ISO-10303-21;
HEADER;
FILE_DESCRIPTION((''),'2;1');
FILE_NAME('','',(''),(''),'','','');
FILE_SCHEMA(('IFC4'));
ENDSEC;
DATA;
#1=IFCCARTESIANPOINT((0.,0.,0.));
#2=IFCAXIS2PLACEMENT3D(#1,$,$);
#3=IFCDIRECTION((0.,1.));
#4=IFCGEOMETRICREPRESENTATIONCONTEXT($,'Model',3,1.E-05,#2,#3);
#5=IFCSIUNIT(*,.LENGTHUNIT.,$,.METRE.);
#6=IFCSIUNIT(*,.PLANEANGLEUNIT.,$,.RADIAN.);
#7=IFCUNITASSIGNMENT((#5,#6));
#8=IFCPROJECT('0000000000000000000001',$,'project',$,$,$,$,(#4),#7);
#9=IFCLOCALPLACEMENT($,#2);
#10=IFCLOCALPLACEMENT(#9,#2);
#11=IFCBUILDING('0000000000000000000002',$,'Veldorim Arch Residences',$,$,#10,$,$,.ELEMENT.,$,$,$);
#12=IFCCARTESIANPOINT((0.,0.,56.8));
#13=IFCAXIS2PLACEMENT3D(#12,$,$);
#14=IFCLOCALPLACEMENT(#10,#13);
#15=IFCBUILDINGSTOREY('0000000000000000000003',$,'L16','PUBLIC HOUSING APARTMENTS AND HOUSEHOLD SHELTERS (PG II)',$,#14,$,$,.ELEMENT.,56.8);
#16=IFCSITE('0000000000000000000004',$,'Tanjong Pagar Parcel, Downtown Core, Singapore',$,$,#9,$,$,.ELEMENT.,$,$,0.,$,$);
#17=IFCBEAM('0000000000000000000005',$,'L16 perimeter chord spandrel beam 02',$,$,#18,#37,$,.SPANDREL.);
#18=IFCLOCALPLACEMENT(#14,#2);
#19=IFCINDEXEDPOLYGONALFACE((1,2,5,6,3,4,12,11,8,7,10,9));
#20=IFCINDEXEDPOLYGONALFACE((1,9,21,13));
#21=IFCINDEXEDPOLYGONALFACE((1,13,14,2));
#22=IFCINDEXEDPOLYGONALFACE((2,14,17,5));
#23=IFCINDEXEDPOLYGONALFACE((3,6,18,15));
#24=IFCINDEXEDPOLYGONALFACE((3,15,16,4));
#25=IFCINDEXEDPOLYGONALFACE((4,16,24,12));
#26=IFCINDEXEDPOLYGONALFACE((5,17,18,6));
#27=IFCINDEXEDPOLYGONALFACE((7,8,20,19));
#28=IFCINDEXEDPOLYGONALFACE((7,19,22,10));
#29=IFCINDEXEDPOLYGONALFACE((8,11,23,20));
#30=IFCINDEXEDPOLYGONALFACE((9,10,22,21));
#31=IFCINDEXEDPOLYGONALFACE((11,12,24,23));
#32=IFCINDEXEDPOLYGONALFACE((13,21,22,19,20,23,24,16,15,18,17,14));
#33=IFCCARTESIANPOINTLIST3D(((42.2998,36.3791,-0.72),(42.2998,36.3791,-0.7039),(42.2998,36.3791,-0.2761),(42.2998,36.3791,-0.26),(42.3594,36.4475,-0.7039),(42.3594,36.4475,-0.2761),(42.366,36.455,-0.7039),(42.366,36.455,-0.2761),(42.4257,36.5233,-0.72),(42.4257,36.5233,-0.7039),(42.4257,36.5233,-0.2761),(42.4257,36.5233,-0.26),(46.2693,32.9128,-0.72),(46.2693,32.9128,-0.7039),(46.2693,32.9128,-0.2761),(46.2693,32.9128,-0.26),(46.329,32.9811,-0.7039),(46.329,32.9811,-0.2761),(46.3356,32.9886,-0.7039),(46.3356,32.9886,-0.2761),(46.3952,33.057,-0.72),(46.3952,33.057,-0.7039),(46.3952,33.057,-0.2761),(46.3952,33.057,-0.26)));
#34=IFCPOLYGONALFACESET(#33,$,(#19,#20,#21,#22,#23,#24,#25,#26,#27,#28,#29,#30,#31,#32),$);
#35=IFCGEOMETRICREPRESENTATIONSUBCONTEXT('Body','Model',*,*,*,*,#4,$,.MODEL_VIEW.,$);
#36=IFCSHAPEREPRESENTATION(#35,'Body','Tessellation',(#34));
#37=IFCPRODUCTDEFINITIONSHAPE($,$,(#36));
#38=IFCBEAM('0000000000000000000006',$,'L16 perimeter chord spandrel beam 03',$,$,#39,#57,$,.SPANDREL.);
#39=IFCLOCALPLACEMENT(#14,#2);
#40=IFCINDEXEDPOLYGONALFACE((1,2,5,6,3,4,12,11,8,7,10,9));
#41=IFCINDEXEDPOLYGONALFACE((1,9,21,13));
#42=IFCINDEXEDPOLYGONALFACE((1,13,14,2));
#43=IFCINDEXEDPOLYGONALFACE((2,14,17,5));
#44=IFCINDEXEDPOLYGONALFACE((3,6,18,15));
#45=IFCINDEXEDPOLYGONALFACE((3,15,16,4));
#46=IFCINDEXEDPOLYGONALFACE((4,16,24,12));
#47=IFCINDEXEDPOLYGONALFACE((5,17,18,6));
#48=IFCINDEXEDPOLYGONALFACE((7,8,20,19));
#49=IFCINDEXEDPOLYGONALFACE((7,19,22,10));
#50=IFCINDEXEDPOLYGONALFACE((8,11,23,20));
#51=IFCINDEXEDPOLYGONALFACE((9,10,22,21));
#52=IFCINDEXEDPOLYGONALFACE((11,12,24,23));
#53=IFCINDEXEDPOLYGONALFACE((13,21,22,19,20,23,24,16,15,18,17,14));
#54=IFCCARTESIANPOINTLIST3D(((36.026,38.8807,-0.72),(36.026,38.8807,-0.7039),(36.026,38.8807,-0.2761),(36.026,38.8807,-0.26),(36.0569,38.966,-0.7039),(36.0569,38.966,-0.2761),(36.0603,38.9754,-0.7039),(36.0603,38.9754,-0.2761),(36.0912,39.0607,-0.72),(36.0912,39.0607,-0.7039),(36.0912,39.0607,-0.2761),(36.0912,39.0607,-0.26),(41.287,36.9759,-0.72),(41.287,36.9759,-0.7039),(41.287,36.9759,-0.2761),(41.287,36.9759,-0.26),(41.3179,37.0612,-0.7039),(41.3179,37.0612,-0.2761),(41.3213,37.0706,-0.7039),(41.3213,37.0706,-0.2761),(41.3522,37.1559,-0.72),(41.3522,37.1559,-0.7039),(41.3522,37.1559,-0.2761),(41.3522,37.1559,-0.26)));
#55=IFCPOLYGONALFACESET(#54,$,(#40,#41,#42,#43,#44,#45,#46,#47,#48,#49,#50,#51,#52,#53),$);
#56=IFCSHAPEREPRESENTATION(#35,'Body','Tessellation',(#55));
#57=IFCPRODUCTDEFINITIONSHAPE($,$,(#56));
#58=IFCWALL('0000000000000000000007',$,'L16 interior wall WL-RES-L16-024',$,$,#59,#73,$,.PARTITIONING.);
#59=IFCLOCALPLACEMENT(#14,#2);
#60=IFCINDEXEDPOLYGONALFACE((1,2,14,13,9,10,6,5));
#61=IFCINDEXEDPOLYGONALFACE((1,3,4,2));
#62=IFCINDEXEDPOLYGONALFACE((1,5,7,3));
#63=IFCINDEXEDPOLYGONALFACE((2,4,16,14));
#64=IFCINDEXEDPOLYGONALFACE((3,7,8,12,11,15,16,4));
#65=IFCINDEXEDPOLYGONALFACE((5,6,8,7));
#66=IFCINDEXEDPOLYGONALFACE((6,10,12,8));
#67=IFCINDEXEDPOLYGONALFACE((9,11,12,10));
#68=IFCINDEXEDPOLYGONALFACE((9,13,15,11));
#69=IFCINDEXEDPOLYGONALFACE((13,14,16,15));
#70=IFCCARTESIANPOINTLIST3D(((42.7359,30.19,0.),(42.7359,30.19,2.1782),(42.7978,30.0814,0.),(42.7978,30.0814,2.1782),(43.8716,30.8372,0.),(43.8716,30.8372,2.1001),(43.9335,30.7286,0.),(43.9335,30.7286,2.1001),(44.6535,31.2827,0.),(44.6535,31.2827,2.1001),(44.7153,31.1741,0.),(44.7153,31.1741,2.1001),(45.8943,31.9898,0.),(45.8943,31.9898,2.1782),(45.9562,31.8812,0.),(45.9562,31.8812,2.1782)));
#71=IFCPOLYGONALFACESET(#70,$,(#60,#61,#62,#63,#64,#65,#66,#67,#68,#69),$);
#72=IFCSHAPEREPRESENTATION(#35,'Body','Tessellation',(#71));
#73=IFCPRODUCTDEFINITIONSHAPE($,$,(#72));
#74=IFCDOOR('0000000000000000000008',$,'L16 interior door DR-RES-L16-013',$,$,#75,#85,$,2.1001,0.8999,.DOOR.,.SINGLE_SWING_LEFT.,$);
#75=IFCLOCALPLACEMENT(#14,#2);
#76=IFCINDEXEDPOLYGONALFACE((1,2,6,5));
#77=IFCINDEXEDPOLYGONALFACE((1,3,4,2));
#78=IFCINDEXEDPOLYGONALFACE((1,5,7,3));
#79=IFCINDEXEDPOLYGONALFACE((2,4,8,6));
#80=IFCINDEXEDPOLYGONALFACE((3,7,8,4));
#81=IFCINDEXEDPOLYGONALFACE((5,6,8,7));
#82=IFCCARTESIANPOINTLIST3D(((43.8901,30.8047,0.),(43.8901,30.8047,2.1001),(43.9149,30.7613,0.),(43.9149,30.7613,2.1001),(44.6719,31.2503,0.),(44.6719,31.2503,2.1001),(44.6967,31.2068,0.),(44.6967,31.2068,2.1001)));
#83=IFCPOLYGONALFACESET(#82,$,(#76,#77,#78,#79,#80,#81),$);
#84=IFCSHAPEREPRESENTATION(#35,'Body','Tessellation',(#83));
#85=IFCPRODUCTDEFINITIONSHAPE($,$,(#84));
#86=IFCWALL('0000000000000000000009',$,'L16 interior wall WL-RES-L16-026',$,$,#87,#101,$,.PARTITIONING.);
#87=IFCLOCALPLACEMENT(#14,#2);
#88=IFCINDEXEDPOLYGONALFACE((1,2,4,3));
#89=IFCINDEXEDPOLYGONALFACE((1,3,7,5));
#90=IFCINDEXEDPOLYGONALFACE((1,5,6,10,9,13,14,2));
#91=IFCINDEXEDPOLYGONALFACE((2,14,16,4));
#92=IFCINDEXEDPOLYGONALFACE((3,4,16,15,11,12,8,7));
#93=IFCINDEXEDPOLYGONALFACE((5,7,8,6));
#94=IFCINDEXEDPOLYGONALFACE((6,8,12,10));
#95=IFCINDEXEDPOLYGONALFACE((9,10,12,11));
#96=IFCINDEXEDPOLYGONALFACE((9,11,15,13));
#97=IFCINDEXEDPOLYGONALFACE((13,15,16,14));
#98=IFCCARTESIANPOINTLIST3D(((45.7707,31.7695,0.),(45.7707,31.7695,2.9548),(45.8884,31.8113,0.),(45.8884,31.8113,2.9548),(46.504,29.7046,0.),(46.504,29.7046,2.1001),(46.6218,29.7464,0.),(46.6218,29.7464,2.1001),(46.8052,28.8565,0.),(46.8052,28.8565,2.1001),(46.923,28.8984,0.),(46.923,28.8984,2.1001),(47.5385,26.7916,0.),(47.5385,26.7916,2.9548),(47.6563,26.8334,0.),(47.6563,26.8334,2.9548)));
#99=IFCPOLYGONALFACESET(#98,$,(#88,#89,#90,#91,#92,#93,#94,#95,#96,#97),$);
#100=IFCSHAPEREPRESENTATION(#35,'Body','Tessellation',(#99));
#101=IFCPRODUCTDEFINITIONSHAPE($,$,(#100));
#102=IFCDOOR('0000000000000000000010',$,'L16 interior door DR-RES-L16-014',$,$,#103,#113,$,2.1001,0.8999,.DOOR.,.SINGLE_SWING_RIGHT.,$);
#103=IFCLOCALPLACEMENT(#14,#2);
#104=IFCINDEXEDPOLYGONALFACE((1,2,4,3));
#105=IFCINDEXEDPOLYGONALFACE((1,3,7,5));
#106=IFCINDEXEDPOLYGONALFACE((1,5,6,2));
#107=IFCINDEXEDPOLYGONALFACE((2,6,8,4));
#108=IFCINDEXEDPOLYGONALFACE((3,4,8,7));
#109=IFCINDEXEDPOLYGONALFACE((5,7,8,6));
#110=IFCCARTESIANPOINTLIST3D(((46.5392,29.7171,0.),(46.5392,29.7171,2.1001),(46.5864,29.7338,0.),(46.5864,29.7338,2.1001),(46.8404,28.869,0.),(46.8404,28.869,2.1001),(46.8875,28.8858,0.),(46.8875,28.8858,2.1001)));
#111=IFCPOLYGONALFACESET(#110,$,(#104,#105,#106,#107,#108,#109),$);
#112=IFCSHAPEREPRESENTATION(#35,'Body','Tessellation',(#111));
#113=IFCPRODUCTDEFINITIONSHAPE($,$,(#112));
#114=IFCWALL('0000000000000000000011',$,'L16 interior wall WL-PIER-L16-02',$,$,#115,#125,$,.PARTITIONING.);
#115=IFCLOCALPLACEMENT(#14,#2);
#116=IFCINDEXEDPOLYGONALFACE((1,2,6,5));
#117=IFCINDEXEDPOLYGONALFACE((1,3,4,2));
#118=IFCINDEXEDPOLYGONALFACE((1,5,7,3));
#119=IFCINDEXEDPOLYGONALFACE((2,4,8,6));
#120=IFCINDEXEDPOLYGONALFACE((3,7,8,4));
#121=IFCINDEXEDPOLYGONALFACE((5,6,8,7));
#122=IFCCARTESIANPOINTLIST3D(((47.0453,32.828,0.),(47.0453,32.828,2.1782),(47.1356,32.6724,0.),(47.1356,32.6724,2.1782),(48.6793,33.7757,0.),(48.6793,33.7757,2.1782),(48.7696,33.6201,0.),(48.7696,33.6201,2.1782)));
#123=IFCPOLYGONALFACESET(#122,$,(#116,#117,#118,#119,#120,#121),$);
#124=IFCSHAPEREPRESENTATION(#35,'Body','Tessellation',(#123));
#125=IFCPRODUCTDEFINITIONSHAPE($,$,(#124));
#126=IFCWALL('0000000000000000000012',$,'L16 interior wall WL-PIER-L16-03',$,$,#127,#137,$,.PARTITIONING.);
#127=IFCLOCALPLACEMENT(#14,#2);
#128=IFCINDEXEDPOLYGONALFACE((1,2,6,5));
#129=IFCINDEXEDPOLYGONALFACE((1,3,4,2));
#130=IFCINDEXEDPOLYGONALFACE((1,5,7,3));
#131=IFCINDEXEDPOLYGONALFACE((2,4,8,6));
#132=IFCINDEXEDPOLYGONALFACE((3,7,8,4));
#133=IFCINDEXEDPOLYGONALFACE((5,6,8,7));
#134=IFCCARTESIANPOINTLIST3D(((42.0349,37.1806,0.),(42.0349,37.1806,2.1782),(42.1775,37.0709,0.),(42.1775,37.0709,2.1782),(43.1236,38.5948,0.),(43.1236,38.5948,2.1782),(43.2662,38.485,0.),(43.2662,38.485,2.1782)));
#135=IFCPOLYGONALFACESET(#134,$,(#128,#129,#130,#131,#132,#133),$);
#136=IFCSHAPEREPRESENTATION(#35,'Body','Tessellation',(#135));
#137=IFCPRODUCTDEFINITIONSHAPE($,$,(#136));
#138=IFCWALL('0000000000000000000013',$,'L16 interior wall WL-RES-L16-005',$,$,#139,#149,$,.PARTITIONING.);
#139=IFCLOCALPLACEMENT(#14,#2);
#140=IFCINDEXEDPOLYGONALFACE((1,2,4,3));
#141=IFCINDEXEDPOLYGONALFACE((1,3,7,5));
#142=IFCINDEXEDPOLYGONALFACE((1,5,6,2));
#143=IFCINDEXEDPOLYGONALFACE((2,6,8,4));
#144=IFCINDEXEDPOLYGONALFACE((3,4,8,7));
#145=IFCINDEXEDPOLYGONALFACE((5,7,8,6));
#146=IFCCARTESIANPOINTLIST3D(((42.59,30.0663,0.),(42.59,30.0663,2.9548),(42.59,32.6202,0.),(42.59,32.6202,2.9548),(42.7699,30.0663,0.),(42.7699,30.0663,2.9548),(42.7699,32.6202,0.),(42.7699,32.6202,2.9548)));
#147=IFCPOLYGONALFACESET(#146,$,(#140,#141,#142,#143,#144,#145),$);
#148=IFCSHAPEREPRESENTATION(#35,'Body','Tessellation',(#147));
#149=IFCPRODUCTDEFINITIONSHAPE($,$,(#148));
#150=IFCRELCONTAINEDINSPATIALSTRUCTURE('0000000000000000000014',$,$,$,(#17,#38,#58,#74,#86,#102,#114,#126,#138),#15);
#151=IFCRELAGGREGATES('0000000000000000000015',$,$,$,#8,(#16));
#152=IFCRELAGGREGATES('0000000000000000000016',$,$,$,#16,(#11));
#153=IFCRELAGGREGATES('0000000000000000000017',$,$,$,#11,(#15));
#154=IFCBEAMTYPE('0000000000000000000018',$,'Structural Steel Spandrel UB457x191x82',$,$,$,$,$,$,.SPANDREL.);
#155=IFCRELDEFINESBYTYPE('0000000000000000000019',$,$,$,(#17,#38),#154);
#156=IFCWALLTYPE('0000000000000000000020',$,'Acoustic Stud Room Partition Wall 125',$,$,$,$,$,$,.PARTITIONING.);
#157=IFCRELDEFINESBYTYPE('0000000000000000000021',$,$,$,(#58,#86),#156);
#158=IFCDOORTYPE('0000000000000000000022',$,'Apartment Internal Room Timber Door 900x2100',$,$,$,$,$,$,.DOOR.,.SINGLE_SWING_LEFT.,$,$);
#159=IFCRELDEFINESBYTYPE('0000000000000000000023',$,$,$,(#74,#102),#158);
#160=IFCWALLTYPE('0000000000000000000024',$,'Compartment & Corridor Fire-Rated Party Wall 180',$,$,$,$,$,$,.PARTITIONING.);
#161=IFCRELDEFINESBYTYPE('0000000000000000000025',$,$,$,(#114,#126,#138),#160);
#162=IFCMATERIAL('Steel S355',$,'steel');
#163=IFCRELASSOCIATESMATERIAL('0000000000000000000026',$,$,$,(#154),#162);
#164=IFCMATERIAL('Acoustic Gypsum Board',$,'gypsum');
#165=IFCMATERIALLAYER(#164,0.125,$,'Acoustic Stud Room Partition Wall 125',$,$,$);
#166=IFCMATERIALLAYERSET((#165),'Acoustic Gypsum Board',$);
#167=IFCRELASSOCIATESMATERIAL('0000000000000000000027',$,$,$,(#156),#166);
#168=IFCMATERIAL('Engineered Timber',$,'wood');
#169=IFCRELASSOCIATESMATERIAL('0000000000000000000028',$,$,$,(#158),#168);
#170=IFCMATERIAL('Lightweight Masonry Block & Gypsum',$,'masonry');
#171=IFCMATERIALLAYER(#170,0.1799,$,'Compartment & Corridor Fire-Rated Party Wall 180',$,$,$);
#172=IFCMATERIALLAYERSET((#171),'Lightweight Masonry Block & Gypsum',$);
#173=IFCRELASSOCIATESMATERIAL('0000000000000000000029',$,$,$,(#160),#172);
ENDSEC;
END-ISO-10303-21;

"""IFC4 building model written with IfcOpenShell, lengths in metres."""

from ifc_helpers import new_model, si_unit, direction, frame, frame_2d, origin, origin_2d, place, context, subcontext, project, spatial, rectangle, i_section, extrude, material, layer, layer_set, material_profile, profile_set, type_object, element, fill, save


model = new_model("IFC4")

# Units and contexts
model_context = context("Model", 3, precision=1e-05, world=origin(), true_north=direction((0.0, 1.0)))
body_context = subcontext(model_context, "Body", "Model", "MODEL_VIEW")
ifc_project = project(units=[si_unit("LENGTHUNIT", "METRE"), si_unit("PLANEANGLEUNIT", "RADIAN")], contexts=[model_context])

# Site, building, storey
site_placement = place(None, origin())
site = spatial("IfcSite", under=ifc_project, at=site_placement, Name="Tanjong Pagar Parcel, Downtown Core, Singapore", CompositionType="ELEMENT", RefElevation=0.0)
building_placement = place(site_placement, origin())
building = spatial("IfcBuilding", under=site, at=building_placement, Name="Veldorim Arch Residences", CompositionType="ELEMENT")
storey_placement = place(building_placement, frame((0.0, 0.0, 56.8)))
storey = spatial("IfcBuildingStorey", under=building, at=storey_placement, Name="L16", Description="PUBLIC HOUSING APARTMENTS AND HOUSEHOLD SHELTERS (PG II)", CompositionType="ELEMENT", Elevation=56.8)

# Beams
ifc_material_1 = material(Name="Steel S355", Category="steel")
ifc_material_profile_1 = material_profile(ifc_material_1, i_section(OverallWidth=0.1914, OverallDepth=0.46, WebThickness=0.01, FlangeThickness=0.0161, at=origin_2d()), Name="UB457x191x82")
ifc_profile_set_1 = profile_set([ifc_material_profile_1], Name="Steel S355")
beam_type_1 = type_object("IfcBeamType", Name="Structural Steel Spandrel UB457x191x82", PredefinedType="SPANDREL", material=ifc_profile_set_1)
beam_1_placement = place(storey_placement, frame((46.3323, 32.9849, -0.49), z_axis=(-0.753234, 0.657753, 0.0), x_axis=(-0.657753, -0.753234, 0.0)))
element("IfcBeam", 1, at=beam_1_placement, inside=storey, type_object=beam_type_1, Name="L16 perimeter chord spandrel beam 02", PredefinedType="SPANDREL", context=body_context, shape_type="SweptSolid", body=[
    extrude(i_section(OverallWidth=0.1914, OverallDepth=0.46, WebThickness=0.01, FlangeThickness=0.0161, at=origin_2d()), origin(), (0.0, 0.0, 1.0), 5.27),
])
beam_2_placement = place(storey_placement, frame((41.3196, 37.0659, -0.49), z_axis=(-0.940269, 0.340432, 0.0), x_axis=(-0.340432, -0.940269, 0.0)))
element("IfcBeam", 2, at=beam_2_placement, inside=storey, type_object=beam_type_1, Name="L16 perimeter chord spandrel beam 03", PredefinedType="SPANDREL", context=body_context, shape_type="SweptSolid", body=[
    extrude(i_section(OverallWidth=0.1914, OverallDepth=0.46, WebThickness=0.01, FlangeThickness=0.0161, at=origin_2d()), origin(), (0.0, 0.0, 1.0), 5.5952),
])

# Walls, openings, doors
ifc_material_2 = material(Name="Acoustic Gypsum Board", Category="gypsum")
ifc_layer_1 = layer(ifc_material_2, 0.125, Name="Acoustic Stud Room Partition Wall 125")
ifc_layer_set_1 = layer_set([ifc_layer_1], Name="Acoustic Gypsum Board")
wall_type_1 = type_object("IfcWallType", Name="Acoustic Stud Room Partition Wall 125", PredefinedType="PARTITIONING", material=ifc_layer_set_1)
wall_1_placement = place(storey_placement, frame((45.9253, 31.9355, 0.0), z_axis=(0.0, 0.0, 1.0), x_axis=(-0.868838, -0.495097, 0.0)))
wall_1 = element("IfcWall", 3, at=wall_1_placement, inside=storey, type_object=wall_type_1, Name="L16 interior wall WL-RES-L16-024", PredefinedType="PARTITIONING", context=body_context, shape_type="SweptSolid", body=[
    extrude(rectangle(XDim=3.6353, YDim=0.125, at=frame_2d((1.8176, 0.0))), origin(), (0.0, 0.0, 1.0), 2.1782),
])
opening_1_placement = place(wall_1_placement, frame((1.4282, 0.0, 0.0)))
opening_1 = element("IfcOpeningElement", 4, at=opening_1_placement, cuts=wall_1, PredefinedType="OPENING", context=body_context, shape_type="SweptSolid", body=[
    extrude(rectangle(XDim=0.8999, YDim=2.1001, at=frame_2d((0.45, 1.05))), frame((0.0, 0.0725, 0.0), z_axis=(0.0, -1.0, 0.0), x_axis=(1.0, 0.0, 0.0)), (0.0, 0.0, 1.0), 0.145),
])
ifc_material_3 = material(Name="Engineered Timber", Category="wood")
door_type = type_object("IfcDoorType", Name="Apartment Internal Room Timber Door 900x2100", OperationType="SINGLE_SWING_LEFT", PredefinedType="DOOR", material=ifc_material_3)
door_1_placement = place(opening_1_placement, origin())
door_1 = element("IfcDoor", 5, at=door_1_placement, inside=storey, type_object=door_type, Name="L16 interior door DR-RES-L16-013", OperationType="SINGLE_SWING_LEFT", OverallHeight=2.1001, OverallWidth=0.8999, PredefinedType="DOOR", context=body_context, shape_type="SweptSolid", body=[
    extrude(rectangle(XDim=0.8999, YDim=2.1001, at=frame_2d((0.45, 1.05))), frame((0.0, 0.0249, 0.0), z_axis=(0.0, -1.0, 0.0), x_axis=(1.0, 0.0, 0.0)), (0.0, 0.0, 1.0), 0.05),
])
fill(opening_1, door_1)
wall_2_placement = place(storey_placement, frame((45.8296, 31.7903, 0.0), z_axis=(0.0, 0.0, 1.0), x_axis=(0.334664, -0.942337, 0.0)))
wall_2 = element("IfcWall", 6, at=wall_2_placement, inside=storey, type_object=wall_type_1, Name="L16 interior wall WL-RES-L16-026", PredefinedType="PARTITIONING", context=body_context, shape_type="SweptSolid", body=[
    extrude(rectangle(XDim=5.2825, YDim=0.125, at=frame_2d((2.6411, 0.0))), origin(), (0.0, 0.0, 1.0), 2.9548),
])
opening_2_placement = place(wall_2_placement, frame((2.1912, 0.0, 0.0)))
opening_2 = element("IfcOpeningElement", 7, at=opening_2_placement, cuts=wall_2, PredefinedType="OPENING", context=body_context, shape_type="SweptSolid", body=[
    extrude(rectangle(XDim=0.8999, YDim=2.1001, at=frame_2d((0.45, 1.05))), frame((0.0, 0.0725, 0.0), z_axis=(0.0, -1.0, 0.0), x_axis=(1.0, 0.0, 0.0)), (0.0, 0.0, 1.0), 0.145),
])
door_2_placement = place(opening_2_placement, origin())
door_2 = element("IfcDoor", 8, at=door_2_placement, inside=storey, type_object=door_type, Name="L16 interior door DR-RES-L16-014", OperationType="SINGLE_SWING_RIGHT", OverallHeight=2.1001, OverallWidth=0.8999, PredefinedType="DOOR", context=body_context, shape_type="SweptSolid", body=[
    extrude(rectangle(XDim=0.8999, YDim=2.1001, at=frame_2d((0.45, 1.05))), frame((0.0, 0.0249, 0.0), z_axis=(0.0, -1.0, 0.0), x_axis=(1.0, 0.0, 0.0)), (0.0, 0.0, 1.0), 0.05),
])
fill(opening_2, door_2)

# Walls
ifc_material_4 = material(Name="Lightweight Masonry Block & Gypsum", Category="masonry")
ifc_layer_2 = layer(ifc_material_4, 0.1799, Name="Compartment & Corridor Fire-Rated Party Wall 180")
ifc_layer_set_2 = layer_set([ifc_layer_2], Name="Lightweight Masonry Block & Gypsum")
wall_type_2 = type_object("IfcWallType", Name="Compartment & Corridor Fire-Rated Party Wall 180", PredefinedType="PARTITIONING", material=ifc_layer_set_2)
wall_3_placement = place(storey_placement, frame((47.0906, 32.7502, 0.0), z_axis=(0.0, 0.0, 1.0), x_axis=(0.865028, 0.501724, 0.0)))
element("IfcWall", 9, at=wall_3_placement, inside=storey, type_object=wall_type_2, Name="L16 interior wall WL-PIER-L16-02", PredefinedType="PARTITIONING", context=body_context, shape_type="SweptSolid", body=[
    extrude(rectangle(XDim=1.8889, YDim=0.1799, at=frame_2d((0.9443, 0.0))), origin(), (0.0, 0.0, 1.0), 2.1782),
])
wall_4_placement = place(storey_placement, frame((42.1062, 37.1257, 0.0), z_axis=(0.0, 0.0, 1.0), x_axis=(0.610021, 0.792385, 0.0)))
element("IfcWall", 10, at=wall_4_placement, inside=storey, type_object=wall_type_2, Name="L16 interior wall WL-PIER-L16-03", PredefinedType="PARTITIONING", context=body_context, shape_type="SweptSolid", body=[
    extrude(rectangle(XDim=1.7847, YDim=0.1799, at=frame_2d((0.8923, 0.0))), origin(), (0.0, 0.0, 1.0), 2.1782),
])
wall_5_placement = place(storey_placement, frame((42.6799, 32.6201, 0.0), z_axis=(0.0, 0.0, 1.0), x_axis=(0.0, -1.0, 0.0)))
element("IfcWall", 11, at=wall_5_placement, inside=storey, type_object=wall_type_2, Name="L16 interior wall WL-RES-L16-005", PredefinedType="PARTITIONING", context=body_context, shape_type="SweptSolid", body=[
    extrude(rectangle(XDim=2.554, YDim=0.1799, at=frame_2d((1.2769, 0.0))), origin(), (0.0, 0.0, 1.0), 2.9548),
])

save(model, "model.ifc")
